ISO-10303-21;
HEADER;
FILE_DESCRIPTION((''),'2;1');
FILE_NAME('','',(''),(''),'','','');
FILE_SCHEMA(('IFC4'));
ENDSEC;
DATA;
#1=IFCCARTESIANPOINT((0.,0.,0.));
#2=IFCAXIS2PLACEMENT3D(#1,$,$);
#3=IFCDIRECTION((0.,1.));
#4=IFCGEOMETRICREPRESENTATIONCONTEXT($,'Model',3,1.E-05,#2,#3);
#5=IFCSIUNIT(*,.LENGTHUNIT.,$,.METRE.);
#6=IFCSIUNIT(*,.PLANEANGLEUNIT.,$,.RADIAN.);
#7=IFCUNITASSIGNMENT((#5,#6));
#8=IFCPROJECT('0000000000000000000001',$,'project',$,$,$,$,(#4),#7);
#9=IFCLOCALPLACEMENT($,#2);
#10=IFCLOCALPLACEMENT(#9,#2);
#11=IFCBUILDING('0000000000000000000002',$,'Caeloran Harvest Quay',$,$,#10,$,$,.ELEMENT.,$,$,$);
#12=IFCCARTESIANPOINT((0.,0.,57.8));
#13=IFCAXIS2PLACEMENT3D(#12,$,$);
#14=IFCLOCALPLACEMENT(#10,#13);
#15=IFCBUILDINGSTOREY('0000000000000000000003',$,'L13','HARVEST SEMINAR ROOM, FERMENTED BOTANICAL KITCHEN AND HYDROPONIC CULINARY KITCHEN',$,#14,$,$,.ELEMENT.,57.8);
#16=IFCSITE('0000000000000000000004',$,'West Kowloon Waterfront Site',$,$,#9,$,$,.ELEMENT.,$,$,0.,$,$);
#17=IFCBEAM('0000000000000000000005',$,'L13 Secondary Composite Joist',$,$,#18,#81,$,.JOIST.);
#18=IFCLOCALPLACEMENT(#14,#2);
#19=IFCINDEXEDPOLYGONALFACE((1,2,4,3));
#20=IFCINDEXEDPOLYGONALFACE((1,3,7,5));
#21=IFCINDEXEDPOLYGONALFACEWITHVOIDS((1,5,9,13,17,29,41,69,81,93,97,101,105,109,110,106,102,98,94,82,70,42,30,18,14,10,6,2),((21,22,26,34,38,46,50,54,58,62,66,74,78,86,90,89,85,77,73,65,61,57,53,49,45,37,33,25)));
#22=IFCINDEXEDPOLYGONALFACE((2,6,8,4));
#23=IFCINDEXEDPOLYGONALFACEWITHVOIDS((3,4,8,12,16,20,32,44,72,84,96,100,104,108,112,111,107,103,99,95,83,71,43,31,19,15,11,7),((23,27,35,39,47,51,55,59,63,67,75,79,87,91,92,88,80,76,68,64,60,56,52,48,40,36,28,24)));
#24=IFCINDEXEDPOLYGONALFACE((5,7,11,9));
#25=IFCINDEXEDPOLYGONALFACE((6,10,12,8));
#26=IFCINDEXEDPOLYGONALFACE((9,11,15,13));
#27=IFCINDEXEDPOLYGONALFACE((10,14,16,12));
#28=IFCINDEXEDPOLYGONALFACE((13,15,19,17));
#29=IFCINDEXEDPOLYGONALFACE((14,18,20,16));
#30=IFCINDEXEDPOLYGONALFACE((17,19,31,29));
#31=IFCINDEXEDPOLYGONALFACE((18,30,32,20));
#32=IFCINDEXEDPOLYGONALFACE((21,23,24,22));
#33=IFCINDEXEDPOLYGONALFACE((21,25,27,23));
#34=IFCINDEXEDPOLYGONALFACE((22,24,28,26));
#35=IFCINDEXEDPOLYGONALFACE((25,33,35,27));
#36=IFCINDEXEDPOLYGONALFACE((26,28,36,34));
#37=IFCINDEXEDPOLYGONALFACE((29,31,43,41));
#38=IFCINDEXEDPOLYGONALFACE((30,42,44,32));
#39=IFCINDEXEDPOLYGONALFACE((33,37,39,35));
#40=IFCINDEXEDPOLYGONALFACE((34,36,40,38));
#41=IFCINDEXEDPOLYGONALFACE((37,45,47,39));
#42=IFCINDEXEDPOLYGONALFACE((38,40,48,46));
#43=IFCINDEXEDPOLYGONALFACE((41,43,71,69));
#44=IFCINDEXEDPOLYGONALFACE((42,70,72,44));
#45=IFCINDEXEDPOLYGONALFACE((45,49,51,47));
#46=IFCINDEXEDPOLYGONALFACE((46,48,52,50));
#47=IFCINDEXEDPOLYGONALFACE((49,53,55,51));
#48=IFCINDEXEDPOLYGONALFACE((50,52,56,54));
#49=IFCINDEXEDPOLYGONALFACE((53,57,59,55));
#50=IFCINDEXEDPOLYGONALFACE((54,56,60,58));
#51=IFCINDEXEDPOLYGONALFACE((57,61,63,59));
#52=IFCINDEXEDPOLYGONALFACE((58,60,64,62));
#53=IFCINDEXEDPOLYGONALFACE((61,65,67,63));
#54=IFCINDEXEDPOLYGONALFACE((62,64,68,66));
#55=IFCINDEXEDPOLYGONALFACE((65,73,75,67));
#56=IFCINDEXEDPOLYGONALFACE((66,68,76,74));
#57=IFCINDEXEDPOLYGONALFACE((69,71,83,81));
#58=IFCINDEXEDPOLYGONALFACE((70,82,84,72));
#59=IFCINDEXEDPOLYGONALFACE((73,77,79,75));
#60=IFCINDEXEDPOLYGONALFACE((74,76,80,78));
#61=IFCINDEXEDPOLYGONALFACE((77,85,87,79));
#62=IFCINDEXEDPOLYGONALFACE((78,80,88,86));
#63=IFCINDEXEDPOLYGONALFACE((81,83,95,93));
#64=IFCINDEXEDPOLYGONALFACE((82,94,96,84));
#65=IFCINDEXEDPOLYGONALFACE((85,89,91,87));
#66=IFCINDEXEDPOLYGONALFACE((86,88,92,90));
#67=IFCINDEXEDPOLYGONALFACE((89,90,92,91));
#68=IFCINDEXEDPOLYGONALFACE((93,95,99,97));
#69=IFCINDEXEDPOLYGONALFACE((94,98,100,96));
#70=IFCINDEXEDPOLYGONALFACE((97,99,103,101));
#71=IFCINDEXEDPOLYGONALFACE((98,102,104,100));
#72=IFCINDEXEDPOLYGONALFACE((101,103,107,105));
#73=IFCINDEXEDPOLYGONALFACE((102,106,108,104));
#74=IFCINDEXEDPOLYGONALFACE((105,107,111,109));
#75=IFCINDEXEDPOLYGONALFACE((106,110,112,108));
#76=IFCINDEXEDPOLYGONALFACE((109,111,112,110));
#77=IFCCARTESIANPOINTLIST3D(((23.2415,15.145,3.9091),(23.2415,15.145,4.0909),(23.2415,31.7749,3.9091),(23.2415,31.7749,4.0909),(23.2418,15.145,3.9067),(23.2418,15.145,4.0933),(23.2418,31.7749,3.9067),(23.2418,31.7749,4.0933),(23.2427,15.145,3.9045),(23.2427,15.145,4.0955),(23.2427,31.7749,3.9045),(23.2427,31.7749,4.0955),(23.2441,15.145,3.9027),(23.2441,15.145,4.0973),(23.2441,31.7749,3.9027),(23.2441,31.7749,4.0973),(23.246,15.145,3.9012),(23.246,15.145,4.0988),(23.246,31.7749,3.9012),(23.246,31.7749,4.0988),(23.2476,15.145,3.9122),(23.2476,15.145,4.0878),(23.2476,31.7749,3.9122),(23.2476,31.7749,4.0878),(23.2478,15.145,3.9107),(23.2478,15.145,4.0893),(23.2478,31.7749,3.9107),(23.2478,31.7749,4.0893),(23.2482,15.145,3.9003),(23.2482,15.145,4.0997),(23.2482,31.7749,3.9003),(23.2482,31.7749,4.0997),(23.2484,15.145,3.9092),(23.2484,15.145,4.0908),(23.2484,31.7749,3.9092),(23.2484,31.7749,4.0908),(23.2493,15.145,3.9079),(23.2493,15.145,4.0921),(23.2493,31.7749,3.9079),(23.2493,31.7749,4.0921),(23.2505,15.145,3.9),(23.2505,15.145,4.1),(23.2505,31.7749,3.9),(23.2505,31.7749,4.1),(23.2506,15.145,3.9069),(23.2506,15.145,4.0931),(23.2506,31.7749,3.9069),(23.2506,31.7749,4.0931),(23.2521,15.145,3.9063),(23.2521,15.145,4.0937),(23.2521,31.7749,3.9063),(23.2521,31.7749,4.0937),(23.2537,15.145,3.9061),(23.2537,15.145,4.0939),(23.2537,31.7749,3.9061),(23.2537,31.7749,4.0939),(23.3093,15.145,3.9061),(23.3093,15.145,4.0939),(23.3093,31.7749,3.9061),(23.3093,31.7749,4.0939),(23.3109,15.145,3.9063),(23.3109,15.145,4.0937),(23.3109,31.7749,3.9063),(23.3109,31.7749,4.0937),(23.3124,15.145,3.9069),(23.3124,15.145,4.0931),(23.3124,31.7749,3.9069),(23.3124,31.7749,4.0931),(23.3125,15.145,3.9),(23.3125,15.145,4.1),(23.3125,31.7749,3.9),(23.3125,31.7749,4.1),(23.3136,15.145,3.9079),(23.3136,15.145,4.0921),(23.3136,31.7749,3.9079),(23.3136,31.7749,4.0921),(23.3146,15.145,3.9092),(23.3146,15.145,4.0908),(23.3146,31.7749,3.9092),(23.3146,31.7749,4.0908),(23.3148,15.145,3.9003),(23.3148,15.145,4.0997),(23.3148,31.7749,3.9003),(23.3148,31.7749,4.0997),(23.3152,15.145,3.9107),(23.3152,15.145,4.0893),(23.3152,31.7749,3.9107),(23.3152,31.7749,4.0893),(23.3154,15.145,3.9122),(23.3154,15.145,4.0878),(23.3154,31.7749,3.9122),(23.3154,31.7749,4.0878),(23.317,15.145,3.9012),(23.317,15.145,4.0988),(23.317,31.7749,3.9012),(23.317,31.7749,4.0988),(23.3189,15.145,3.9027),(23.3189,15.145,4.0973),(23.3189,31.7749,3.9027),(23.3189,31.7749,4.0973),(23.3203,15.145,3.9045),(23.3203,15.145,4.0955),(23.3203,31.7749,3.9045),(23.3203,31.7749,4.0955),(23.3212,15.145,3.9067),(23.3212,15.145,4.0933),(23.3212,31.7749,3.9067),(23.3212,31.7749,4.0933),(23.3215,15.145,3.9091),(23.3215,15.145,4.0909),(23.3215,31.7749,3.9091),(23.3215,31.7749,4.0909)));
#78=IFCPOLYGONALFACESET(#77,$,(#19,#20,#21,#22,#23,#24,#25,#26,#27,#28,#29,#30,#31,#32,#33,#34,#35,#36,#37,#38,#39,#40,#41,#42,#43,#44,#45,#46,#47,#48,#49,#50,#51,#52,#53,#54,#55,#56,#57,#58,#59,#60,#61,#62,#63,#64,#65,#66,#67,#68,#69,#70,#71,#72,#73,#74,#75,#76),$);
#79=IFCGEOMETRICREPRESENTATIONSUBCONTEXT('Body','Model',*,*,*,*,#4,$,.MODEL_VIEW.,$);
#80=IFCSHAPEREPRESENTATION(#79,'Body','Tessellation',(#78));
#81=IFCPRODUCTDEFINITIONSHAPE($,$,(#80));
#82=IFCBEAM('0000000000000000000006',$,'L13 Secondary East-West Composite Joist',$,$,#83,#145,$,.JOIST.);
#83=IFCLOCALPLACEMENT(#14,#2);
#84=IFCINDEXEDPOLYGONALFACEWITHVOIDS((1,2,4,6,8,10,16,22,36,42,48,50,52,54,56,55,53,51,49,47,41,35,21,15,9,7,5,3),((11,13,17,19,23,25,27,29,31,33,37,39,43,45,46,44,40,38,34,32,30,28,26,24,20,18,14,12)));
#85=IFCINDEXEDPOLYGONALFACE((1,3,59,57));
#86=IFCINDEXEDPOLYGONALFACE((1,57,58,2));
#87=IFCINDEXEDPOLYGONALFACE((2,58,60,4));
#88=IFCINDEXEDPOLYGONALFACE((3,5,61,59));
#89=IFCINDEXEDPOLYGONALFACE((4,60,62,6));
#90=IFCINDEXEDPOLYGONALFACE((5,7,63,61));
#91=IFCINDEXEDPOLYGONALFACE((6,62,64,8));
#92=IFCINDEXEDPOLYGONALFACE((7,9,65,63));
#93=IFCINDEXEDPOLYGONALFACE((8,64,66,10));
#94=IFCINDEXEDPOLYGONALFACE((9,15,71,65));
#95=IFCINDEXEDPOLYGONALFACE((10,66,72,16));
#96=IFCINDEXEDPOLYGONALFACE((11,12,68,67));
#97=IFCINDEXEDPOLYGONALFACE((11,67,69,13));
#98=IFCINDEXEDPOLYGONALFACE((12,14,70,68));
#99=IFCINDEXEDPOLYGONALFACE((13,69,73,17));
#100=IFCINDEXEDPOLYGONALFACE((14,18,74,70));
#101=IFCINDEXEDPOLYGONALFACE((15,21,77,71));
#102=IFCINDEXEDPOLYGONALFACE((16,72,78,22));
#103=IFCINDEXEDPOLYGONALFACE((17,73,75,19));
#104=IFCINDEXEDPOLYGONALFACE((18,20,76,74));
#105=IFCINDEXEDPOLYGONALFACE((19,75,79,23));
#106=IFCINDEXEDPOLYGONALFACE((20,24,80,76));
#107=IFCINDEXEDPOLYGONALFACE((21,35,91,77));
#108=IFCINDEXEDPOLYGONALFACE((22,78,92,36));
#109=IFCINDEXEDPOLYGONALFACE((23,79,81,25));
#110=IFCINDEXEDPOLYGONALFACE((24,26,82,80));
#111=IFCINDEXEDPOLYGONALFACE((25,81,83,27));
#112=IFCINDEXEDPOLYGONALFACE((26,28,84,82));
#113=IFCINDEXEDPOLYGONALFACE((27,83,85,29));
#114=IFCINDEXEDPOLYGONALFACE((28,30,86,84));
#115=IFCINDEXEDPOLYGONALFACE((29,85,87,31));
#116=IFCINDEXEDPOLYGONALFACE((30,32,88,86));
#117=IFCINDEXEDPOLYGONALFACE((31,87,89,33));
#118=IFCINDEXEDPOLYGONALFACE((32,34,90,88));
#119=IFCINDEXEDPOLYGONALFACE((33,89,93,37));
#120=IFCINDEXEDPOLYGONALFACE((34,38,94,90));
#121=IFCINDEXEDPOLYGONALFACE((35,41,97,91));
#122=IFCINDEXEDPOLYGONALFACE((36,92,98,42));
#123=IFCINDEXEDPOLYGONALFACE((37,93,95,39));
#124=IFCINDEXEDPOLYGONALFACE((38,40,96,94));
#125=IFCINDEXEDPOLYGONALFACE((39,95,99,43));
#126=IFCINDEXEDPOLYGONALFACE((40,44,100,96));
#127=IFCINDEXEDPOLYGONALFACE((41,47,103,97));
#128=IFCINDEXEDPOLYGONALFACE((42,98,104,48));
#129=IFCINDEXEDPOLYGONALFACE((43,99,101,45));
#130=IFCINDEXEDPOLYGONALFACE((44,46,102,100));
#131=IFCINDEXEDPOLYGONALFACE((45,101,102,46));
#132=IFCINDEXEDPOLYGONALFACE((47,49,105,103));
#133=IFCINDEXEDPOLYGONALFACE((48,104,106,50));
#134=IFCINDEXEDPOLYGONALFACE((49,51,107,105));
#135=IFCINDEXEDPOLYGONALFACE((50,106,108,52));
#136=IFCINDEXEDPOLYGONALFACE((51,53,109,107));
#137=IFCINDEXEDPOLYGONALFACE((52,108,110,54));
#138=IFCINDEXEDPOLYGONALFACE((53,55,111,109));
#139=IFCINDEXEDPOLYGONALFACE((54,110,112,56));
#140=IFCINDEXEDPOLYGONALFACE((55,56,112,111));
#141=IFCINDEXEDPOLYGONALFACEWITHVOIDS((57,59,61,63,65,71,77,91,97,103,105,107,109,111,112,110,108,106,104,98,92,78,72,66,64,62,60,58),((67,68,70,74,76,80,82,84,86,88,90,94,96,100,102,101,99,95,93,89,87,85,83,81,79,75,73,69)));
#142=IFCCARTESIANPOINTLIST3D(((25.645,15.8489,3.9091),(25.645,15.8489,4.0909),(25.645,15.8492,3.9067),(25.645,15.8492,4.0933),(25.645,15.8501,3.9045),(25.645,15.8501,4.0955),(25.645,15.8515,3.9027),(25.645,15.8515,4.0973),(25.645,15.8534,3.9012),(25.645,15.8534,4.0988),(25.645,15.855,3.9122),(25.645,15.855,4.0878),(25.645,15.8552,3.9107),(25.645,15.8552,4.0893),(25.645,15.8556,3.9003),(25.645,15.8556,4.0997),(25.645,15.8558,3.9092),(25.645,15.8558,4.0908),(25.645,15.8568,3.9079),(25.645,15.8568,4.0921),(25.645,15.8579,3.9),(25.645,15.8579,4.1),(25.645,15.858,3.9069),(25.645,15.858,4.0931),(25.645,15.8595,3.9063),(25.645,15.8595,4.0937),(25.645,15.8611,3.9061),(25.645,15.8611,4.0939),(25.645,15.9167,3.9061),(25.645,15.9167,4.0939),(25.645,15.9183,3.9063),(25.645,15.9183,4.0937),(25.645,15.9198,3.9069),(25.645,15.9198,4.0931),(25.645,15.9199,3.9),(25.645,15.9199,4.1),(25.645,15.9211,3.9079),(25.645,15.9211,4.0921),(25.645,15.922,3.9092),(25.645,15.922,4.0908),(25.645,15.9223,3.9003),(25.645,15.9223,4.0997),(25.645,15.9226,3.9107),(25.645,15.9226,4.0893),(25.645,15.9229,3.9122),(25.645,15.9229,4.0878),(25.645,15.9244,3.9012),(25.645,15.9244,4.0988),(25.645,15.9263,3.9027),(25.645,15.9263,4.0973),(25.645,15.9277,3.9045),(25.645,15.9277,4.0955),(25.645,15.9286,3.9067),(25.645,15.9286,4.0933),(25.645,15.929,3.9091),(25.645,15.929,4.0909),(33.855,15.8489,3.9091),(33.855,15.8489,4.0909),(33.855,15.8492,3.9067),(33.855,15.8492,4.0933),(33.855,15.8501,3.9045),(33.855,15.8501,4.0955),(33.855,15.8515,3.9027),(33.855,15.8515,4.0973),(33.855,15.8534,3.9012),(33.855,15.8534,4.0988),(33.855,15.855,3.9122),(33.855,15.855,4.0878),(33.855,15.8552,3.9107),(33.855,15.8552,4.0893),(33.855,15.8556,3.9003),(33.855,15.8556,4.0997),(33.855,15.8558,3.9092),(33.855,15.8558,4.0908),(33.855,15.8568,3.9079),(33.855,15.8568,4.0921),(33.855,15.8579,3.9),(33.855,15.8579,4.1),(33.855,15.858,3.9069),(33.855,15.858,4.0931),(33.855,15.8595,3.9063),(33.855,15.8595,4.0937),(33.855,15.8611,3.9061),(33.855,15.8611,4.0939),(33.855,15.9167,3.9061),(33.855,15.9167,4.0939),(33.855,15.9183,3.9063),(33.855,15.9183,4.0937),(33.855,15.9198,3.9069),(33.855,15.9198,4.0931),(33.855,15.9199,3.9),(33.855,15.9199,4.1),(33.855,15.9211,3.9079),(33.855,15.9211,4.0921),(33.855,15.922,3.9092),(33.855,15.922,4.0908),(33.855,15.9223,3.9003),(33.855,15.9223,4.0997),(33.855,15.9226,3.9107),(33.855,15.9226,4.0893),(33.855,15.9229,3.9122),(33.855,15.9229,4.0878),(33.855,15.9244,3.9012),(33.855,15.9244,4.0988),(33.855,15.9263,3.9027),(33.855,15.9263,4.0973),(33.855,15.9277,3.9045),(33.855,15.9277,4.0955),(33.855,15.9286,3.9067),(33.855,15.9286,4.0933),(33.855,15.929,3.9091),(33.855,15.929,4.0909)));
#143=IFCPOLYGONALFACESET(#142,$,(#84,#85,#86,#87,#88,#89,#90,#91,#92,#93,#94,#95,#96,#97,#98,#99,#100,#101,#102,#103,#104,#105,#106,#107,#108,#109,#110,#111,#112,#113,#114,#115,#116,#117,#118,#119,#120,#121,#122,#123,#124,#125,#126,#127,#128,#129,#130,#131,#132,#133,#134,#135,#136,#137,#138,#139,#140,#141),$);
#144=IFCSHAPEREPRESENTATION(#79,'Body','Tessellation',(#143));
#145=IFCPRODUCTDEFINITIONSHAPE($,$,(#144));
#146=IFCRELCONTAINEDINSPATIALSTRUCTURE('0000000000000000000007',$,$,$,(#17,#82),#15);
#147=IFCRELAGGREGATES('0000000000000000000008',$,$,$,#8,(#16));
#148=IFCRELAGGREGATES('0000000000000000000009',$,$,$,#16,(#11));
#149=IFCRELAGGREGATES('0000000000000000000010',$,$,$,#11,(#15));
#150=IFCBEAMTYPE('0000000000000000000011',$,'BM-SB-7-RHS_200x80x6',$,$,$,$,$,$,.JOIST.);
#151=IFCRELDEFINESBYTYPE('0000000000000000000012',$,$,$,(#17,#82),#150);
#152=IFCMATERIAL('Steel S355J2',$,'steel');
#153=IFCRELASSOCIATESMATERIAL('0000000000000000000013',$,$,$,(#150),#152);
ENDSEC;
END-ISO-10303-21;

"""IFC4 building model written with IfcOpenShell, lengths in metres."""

from ifc_helpers import new_model, si_unit, direction, frame, origin, origin_2d, place, context, subcontext, project, spatial, hollow_rectangle, extrude, material, material_profile, profile_set, type_object, element, save


model = new_model("IFC4")

# Units and contexts
model_context = context("Model", 3, precision=1e-05, world=origin(), true_north=direction((0.0, 1.0)))
body_context = subcontext(model_context, "Body", "Model", "MODEL_VIEW")
ifc_project = project(units=[si_unit("LENGTHUNIT", "METRE"), si_unit("PLANEANGLEUNIT", "RADIAN")], contexts=[model_context])

# Site, building, storey
site_placement = place(None, origin())
site = spatial("IfcSite", under=ifc_project, at=site_placement, Name="West Kowloon Waterfront Site", CompositionType="ELEMENT", RefElevation=0.0)
building_placement = place(site_placement, origin())
building = spatial("IfcBuilding", under=site, at=building_placement, Name="Caeloran Harvest Quay", CompositionType="ELEMENT")
storey_placement = place(building_placement, frame((0.0, 0.0, 57.8)))
storey = spatial("IfcBuildingStorey", under=building, at=storey_placement, Name="L13", Description="HARVEST SEMINAR ROOM, FERMENTED BOTANICAL KITCHEN AND HYDROPONIC CULINARY KITCHEN", CompositionType="ELEMENT", Elevation=57.8)

# Beams
ifc_material_1 = material(Name="Steel S355J2", Category="steel")
ifc_material_profile_1 = material_profile(ifc_material_1, hollow_rectangle(XDim=0.0801, YDim=0.2, WallThickness=0.0061, InnerFilletRadius=0.0061, OuterFilletRadius=0.009, at=origin_2d()), Name="RHS 200x80x6")
ifc_profile_set_1 = profile_set([ifc_material_profile_1], Name="Steel S355J2")
beam_type_1 = type_object("IfcBeamType", Name="BM-SB-7-RHS_200x80x6", PredefinedType="JOIST", material=ifc_profile_set_1)
for number, where, z_axis, x_axis, name in (
    (1, (23.2815, 15.145, 4.0), (0.0, 1.0, 0.0), (-1.0, 0.0, 0.0), "L13 Secondary Composite Joist"),
):
    element("IfcBeam", number, at=place(storey_placement, frame(where, z_axis=z_axis, x_axis=x_axis)), inside=storey, type_object=beam_type_1, Name=name, PredefinedType="JOIST", context=body_context, shape_type="SweptSolid", body=[
        extrude(hollow_rectangle(XDim=0.0801, YDim=0.2, WallThickness=0.0061, InnerFilletRadius=0.0061, OuterFilletRadius=0.009, at=origin_2d()), origin(), (0.0, 0.0, 1.0), 16.6299),
    ])
for number, where, z_axis, x_axis, name in (
    (2, (25.645, 15.8889, 4.0), (1.0, 0.0, 0.0), (0.0, 1.0, 0.0), "L13 Secondary East-West Composite Joist"),
):
    element("IfcBeam", number, at=place(storey_placement, frame(where, z_axis=z_axis, x_axis=x_axis)), inside=storey, type_object=beam_type_1, Name=name, PredefinedType="JOIST", context=body_context, shape_type="SweptSolid", body=[
        extrude(hollow_rectangle(XDim=0.0801, YDim=0.2, WallThickness=0.0061, InnerFilletRadius=0.0061, OuterFilletRadius=0.009, at=origin_2d()), origin(), (0.0, 0.0, 1.0), 8.21),
    ])

save(model, "model.ifc")
